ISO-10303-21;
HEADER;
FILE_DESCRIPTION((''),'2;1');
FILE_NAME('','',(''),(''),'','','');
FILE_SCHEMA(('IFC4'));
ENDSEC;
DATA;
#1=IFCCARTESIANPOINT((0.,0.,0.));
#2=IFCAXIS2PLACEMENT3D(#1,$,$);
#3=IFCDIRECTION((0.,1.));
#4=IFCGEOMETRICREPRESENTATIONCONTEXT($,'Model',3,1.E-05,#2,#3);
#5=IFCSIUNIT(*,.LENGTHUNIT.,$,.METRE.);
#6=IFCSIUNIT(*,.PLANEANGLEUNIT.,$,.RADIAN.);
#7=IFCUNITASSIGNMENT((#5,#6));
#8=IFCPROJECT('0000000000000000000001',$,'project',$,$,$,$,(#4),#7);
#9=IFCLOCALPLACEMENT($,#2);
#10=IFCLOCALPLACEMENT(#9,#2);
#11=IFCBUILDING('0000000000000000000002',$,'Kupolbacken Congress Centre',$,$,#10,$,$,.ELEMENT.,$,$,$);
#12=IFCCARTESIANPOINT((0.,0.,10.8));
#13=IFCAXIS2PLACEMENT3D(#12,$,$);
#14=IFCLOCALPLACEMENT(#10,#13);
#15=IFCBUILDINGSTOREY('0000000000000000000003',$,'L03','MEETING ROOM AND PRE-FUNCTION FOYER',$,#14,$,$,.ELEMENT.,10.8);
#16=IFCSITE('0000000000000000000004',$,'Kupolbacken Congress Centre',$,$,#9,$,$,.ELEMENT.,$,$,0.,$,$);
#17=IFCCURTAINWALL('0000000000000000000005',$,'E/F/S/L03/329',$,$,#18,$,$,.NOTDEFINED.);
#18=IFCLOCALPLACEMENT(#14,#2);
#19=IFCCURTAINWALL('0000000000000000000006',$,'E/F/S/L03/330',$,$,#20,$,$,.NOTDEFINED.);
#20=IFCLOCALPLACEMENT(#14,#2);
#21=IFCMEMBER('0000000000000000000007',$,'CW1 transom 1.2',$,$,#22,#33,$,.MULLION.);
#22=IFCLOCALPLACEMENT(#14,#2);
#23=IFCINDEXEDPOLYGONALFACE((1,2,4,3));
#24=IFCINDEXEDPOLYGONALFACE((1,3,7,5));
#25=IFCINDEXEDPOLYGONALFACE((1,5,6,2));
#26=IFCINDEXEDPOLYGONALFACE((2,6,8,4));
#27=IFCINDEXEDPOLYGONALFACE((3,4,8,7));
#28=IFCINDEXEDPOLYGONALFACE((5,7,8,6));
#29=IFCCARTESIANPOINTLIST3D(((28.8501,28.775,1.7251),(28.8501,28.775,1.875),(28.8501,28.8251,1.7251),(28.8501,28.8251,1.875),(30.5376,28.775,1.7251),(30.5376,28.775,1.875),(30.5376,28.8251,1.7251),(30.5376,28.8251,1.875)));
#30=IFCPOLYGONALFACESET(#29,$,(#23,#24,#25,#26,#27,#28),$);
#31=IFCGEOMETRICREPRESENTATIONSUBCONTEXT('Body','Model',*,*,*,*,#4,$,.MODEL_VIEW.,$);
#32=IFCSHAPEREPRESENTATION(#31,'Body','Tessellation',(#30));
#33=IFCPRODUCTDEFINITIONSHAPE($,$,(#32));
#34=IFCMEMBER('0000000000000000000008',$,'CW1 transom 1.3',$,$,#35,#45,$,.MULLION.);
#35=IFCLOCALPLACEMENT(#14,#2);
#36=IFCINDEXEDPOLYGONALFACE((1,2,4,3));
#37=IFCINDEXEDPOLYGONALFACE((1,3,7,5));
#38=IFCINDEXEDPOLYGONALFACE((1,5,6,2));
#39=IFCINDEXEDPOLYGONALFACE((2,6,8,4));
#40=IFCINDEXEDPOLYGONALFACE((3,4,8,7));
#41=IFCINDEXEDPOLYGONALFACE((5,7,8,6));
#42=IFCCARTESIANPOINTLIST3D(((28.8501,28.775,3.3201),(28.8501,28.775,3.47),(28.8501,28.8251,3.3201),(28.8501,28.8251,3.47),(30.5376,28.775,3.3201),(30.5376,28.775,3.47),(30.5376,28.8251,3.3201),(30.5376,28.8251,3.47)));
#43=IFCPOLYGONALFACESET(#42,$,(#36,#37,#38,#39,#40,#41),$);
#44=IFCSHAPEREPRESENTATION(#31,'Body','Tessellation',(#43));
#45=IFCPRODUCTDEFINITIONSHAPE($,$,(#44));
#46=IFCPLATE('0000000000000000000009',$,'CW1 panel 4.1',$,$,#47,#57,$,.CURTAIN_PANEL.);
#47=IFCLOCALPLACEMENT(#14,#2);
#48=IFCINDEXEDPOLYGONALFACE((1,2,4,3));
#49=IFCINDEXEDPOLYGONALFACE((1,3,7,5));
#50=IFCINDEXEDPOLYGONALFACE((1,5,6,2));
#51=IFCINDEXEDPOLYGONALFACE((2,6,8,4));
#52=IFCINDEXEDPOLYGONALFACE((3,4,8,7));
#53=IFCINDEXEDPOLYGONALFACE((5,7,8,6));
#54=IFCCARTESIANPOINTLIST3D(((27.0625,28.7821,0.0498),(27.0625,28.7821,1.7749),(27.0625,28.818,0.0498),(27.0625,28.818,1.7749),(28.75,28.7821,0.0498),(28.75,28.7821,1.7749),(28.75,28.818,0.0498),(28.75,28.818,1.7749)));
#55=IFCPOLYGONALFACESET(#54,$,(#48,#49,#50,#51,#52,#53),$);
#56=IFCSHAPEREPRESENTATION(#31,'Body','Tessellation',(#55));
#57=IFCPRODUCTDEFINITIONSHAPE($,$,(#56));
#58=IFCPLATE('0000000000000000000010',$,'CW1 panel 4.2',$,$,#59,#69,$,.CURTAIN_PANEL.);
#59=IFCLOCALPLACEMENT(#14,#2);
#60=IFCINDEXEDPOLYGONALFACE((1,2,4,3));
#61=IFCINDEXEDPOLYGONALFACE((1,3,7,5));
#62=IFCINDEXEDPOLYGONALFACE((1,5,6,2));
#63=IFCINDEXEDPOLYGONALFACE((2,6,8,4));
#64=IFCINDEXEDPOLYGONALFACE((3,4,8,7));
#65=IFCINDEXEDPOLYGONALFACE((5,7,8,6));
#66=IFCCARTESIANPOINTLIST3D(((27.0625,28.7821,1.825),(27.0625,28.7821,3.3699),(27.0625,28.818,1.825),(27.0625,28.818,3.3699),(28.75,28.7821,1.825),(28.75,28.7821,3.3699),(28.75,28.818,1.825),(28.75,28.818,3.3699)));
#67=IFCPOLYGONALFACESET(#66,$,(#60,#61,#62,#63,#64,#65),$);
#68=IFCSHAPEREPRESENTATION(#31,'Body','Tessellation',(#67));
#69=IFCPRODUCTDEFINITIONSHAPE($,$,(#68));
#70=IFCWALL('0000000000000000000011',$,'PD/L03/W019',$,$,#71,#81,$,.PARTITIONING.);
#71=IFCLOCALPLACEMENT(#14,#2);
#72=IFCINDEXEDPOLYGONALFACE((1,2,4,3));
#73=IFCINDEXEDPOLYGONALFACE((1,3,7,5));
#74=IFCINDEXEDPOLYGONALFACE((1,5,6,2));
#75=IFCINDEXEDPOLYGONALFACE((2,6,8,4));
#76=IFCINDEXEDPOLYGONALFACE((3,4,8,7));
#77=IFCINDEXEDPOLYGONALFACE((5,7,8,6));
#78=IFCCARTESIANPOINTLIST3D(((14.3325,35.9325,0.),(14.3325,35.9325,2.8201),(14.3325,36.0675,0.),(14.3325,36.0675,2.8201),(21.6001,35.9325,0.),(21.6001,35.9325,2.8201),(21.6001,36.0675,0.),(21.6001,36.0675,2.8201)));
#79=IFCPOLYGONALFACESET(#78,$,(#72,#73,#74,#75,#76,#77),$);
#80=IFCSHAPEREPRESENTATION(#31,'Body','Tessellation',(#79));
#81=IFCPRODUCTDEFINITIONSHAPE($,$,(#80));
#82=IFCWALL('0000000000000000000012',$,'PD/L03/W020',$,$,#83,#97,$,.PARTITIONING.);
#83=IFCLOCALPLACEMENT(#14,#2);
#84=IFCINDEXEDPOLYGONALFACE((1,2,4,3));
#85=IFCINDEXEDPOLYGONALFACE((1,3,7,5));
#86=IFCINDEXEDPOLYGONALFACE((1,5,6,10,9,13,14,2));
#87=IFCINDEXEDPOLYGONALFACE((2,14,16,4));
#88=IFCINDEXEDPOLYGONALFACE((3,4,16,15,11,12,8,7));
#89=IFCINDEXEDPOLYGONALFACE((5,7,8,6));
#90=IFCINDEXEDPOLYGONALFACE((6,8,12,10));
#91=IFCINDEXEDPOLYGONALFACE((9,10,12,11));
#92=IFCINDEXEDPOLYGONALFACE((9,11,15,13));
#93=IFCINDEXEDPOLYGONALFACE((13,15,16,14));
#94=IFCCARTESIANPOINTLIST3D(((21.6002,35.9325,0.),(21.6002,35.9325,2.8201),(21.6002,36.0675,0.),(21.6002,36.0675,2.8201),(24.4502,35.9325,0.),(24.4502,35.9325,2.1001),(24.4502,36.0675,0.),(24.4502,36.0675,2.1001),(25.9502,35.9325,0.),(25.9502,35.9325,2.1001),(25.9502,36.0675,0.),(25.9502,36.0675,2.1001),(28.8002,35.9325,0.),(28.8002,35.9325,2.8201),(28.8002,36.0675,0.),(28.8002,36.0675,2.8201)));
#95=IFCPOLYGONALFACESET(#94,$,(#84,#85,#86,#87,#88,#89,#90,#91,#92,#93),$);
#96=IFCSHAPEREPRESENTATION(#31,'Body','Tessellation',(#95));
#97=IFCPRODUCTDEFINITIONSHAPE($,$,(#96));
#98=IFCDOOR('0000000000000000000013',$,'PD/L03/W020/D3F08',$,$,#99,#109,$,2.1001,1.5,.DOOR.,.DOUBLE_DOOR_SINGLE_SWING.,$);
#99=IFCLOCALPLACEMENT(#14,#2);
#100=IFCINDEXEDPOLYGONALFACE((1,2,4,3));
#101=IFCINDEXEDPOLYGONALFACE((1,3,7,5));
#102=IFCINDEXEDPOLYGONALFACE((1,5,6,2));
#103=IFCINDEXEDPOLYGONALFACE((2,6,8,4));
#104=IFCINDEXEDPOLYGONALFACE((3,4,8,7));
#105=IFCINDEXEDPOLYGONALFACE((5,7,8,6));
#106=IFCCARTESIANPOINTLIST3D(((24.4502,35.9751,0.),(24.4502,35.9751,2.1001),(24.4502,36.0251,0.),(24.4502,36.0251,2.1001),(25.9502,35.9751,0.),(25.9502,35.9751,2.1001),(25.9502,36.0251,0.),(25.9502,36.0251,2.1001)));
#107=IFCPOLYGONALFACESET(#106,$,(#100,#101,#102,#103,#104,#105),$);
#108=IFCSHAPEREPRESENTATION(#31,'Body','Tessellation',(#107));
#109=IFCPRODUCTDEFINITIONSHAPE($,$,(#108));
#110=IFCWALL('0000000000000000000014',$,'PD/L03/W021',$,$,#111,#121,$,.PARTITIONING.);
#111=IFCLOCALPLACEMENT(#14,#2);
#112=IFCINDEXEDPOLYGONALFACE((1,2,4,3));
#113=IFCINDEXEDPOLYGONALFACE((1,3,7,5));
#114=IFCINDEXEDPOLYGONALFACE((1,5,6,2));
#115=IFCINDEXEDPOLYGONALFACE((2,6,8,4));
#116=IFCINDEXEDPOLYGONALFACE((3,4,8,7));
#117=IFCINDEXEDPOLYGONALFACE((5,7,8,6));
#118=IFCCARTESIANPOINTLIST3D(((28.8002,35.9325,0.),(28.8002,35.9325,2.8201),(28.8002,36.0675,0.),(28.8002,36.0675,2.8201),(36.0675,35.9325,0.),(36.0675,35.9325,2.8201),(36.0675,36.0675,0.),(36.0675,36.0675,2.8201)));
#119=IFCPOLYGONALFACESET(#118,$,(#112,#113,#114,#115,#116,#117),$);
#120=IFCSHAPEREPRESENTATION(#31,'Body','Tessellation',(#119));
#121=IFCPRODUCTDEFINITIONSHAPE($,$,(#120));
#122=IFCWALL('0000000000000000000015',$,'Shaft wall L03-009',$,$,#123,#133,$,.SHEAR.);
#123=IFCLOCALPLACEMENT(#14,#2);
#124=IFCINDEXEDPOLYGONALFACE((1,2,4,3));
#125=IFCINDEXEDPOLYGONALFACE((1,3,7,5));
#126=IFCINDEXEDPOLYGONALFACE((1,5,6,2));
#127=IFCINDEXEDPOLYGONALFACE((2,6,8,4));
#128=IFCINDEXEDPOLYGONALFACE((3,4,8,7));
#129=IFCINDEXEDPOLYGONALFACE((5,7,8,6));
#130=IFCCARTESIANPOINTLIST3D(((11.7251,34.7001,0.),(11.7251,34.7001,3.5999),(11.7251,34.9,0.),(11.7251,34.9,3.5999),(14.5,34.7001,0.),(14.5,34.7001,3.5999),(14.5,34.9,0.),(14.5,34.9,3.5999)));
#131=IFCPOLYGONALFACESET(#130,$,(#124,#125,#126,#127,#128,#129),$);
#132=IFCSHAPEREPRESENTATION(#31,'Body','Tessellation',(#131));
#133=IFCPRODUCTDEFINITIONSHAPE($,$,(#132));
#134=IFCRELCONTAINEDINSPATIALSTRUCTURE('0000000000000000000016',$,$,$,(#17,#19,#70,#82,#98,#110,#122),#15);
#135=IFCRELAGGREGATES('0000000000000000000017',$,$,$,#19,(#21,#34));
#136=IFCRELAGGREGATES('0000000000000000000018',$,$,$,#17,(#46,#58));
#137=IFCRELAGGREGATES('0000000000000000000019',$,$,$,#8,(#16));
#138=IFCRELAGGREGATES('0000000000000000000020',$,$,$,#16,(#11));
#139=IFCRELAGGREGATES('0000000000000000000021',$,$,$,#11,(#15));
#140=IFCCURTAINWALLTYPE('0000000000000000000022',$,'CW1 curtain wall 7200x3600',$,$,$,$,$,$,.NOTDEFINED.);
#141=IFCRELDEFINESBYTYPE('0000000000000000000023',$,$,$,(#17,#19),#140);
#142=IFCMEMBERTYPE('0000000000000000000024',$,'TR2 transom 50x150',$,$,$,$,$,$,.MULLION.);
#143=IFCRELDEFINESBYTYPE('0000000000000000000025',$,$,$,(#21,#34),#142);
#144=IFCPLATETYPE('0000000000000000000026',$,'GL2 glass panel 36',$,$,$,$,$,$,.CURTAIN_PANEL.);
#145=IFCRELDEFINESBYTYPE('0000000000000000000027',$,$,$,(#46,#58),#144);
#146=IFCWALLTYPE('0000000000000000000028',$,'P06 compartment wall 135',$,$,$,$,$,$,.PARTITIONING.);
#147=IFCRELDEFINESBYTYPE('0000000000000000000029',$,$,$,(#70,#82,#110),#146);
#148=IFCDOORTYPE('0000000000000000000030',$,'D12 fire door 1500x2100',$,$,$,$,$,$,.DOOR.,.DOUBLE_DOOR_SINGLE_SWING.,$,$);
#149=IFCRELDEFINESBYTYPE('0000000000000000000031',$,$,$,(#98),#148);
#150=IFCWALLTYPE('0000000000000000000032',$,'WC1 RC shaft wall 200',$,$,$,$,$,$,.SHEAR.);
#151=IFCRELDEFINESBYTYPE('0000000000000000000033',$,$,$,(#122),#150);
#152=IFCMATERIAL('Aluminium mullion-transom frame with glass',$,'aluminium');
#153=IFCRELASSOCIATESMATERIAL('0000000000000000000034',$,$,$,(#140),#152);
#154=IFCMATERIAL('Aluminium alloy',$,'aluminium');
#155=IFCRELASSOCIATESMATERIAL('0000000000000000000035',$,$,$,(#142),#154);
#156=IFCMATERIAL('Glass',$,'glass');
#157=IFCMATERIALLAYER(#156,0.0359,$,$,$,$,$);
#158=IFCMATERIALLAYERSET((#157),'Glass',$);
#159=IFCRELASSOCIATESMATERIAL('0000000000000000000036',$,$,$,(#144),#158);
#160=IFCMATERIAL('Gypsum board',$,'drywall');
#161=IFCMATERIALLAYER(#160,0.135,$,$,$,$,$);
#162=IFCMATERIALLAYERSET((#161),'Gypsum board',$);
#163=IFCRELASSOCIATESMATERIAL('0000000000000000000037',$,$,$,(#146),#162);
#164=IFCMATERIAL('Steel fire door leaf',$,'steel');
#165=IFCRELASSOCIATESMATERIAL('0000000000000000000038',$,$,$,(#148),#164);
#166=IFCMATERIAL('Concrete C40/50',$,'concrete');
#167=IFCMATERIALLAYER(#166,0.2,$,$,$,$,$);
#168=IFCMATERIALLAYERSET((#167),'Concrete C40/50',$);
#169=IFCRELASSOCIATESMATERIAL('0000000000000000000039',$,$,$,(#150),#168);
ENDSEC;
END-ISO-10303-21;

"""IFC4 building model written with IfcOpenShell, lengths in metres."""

from ifc_helpers import new_model, si_unit, direction, frame, frame_2d, origin, origin_2d, place, context, subcontext, project, spatial, rectangle, extrude, material, layer, layer_set, material_profile, profile_set, type_object, element, fill, aggregate, save


model = new_model("IFC4")

# Units and contexts
model_context = context("Model", 3, precision=1e-05, world=origin(), true_north=direction((0.0, 1.0)))
body_context = subcontext(model_context, "Body", "Model", "MODEL_VIEW")
ifc_project = project(units=[si_unit("LENGTHUNIT", "METRE"), si_unit("PLANEANGLEUNIT", "RADIAN")], contexts=[model_context])

# Site, building, storey
site_placement = place(None, origin())
site = spatial("IfcSite", under=ifc_project, at=site_placement, Name="Kupolbacken Congress Centre", CompositionType="ELEMENT", RefElevation=0.0)
building_placement = place(site_placement, origin())
building = spatial("IfcBuilding", under=site, at=building_placement, Name="Kupolbacken Congress Centre", CompositionType="ELEMENT")
storey_placement = place(building_placement, frame((0.0, 0.0, 10.8)))
storey = spatial("IfcBuildingStorey", under=building, at=storey_placement, Name="L03", Description="MEETING ROOM AND PRE-FUNCTION FOYER", CompositionType="ELEMENT", Elevation=10.8)

# Curtain wall
ifc_material_1 = material(Name="Aluminium mullion-transom frame with glass", Category="aluminium")
curtain_wall_type = type_object("IfcCurtainWallType", Name="CW1 curtain wall 7200x3600", PredefinedType="NOTDEFINED", material=ifc_material_1)
curtain_wall_1_placement = place(storey_placement, origin())
curtain_wall_1 = element("IfcCurtainWall", 1, at=curtain_wall_1_placement, inside=storey, type_object=curtain_wall_type, Name="E/F/S/L03/329", PredefinedType="NOTDEFINED")

# Curtain wall, members
curtain_wall_2_placement = place(storey_placement, origin())
curtain_wall_2 = element("IfcCurtainWall", 2, at=curtain_wall_2_placement, inside=storey, type_object=curtain_wall_type, Name="E/F/S/L03/330", PredefinedType="NOTDEFINED")
ifc_material_2 = material(Name="Aluminium alloy", Category="aluminium")
ifc_material_profile_1 = material_profile(ifc_material_2, rectangle(XDim=0.05, YDim=0.1499, at=origin_2d()), Name="50 x 150")
ifc_profile_set_1 = profile_set([ifc_material_profile_1], Name="Aluminium alloy")
member_type_1 = type_object("IfcMemberType", Name="TR2 transom 50x150", PredefinedType="MULLION", material=ifc_profile_set_1)
member_1_placement = place(storey_placement, frame((28.8501, 28.8, 1.8), z_axis=(1.0, 0.0, 0.0), x_axis=(0.0, 1.0, 0.0)))
member_1 = element("IfcMember", 3, at=member_1_placement, type_object=member_type_1, Name="CW1 transom 1.2", PredefinedType="MULLION", context=body_context, shape_type="SweptSolid", body=[
    extrude(rectangle(XDim=0.05, YDim=0.1499, at=origin_2d()), origin(), (0.0, 0.0, 1.0), 1.6875),
])
member_2_placement = place(storey_placement, frame((28.8501, 28.8, 3.395), z_axis=(1.0, 0.0, 0.0), x_axis=(0.0, 1.0, 0.0)))
member_2 = element("IfcMember", 4, at=member_2_placement, type_object=member_type_1, Name="CW1 transom 1.3", PredefinedType="MULLION", context=body_context, shape_type="SweptSolid", body=[
    extrude(rectangle(XDim=0.05, YDim=0.1499, at=origin_2d()), origin(), (0.0, 0.0, 1.0), 1.6875),
])
aggregate(curtain_wall_2, [member_1, member_2])

# Plates
ifc_material_3 = material(Name="Glass", Category="glass")
ifc_layer_1 = layer(ifc_material_3, 0.0359)
ifc_layer_set_1 = layer_set([ifc_layer_1], Name="Glass")
plate_type = type_object("IfcPlateType", Name="GL2 glass panel 36", PredefinedType="CURTAIN_PANEL", material=ifc_layer_set_1)
plate_1_placement = place(storey_placement, frame((27.9062, 28.8, 0.0498), z_axis=(0.0, 0.0, 1.0), x_axis=(1.0, 0.0, 0.0)))
plate_1 = element("IfcPlate", 5, at=plate_1_placement, type_object=plate_type, Name="CW1 panel 4.1", PredefinedType="CURTAIN_PANEL", context=body_context, shape_type="SweptSolid", body=[
    extrude(rectangle(XDim=1.6875, YDim=0.0359, at=origin_2d()), origin(), (0.0, 0.0, 1.0), 1.7251),
])
plate_2_placement = place(storey_placement, frame((27.9062, 28.8, 1.825), z_axis=(0.0, 0.0, 1.0), x_axis=(1.0, 0.0, 0.0)))
plate_2 = element("IfcPlate", 6, at=plate_2_placement, type_object=plate_type, Name="CW1 panel 4.2", PredefinedType="CURTAIN_PANEL", context=body_context, shape_type="SweptSolid", body=[
    extrude(rectangle(XDim=1.6875, YDim=0.0359, at=origin_2d()), origin(), (0.0, 0.0, 1.0), 1.5449),
])
aggregate(curtain_wall_1, [plate_1, plate_2])

# Wall
ifc_material_4 = material(Name="Gypsum board", Category="drywall")
ifc_layer_2 = layer(ifc_material_4, 0.135)
ifc_layer_set_2 = layer_set([ifc_layer_2], Name="Gypsum board")
wall_type_1 = type_object("IfcWallType", Name="P06 compartment wall 135", PredefinedType="PARTITIONING", material=ifc_layer_set_2)
wall_1_placement = place(storey_placement, frame((14.3325, 36.0, 0.0), z_axis=(0.0, 0.0, 1.0), x_axis=(1.0, 0.0, 0.0)))
element("IfcWall", 7, at=wall_1_placement, inside=storey, type_object=wall_type_1, Name="PD/L03/W019", PredefinedType="PARTITIONING", context=body_context, shape_type="SweptSolid", body=[
    extrude(rectangle(XDim=7.2676, YDim=0.135, at=frame_2d((3.6338, 0.0))), origin(), (0.0, 0.0, 1.0), 2.8201),
])

# Wall, opening, door
wall_2_placement = place(storey_placement, frame((21.6001, 36.0, 0.0), z_axis=(0.0, 0.0, 1.0), x_axis=(1.0, 0.0, 0.0)))
wall_2 = element("IfcWall", 8, at=wall_2_placement, inside=storey, type_object=wall_type_1, Name="PD/L03/W020", PredefinedType="PARTITIONING", context=body_context, shape_type="SweptSolid", body=[
    extrude(rectangle(XDim=7.2, YDim=0.135, at=frame_2d((3.6001, 0.0))), origin(), (0.0, 0.0, 1.0), 2.8201),
])
opening_1_placement = place(wall_2_placement, frame((2.8501, 0.0, 0.0)))
opening_1 = element("IfcOpeningElement", 9, at=opening_1_placement, cuts=wall_2, PredefinedType="OPENING", context=body_context, shape_type="SweptSolid", body=[
    extrude(rectangle(XDim=1.5, YDim=2.1001, at=frame_2d((0.75, 1.05))), frame((0.0, 0.0774, 0.0), z_axis=(0.0, -1.0, 0.0), x_axis=(1.0, 0.0, 0.0)), (0.0, 0.0, 1.0), 0.155),
])
ifc_material_5 = material(Name="Steel fire door leaf", Category="steel")
door_type_1 = type_object("IfcDoorType", Name="D12 fire door 1500x2100", OperationType="DOUBLE_DOOR_SINGLE_SWING", PredefinedType="DOOR", material=ifc_material_5)
door_1_placement = place(opening_1_placement, frame((1.5, 0.0, 0.0), z_axis=(0.0, 0.0, 1.0), x_axis=(-1.0, 0.0, 0.0)))
door_1 = element("IfcDoor", 10, at=door_1_placement, inside=storey, type_object=door_type_1, Name="PD/L03/W020/D3F08", OperationType="DOUBLE_DOOR_SINGLE_SWING", OverallHeight=2.1001, OverallWidth=1.5, PredefinedType="DOOR", context=body_context, shape_type="SweptSolid", body=[
    extrude(rectangle(XDim=1.5, YDim=2.1001, at=frame_2d((0.75, 1.05))), frame((0.0, 0.0249, 0.0), z_axis=(0.0, -1.0, 0.0), x_axis=(1.0, 0.0, 0.0)), (0.0, 0.0, 1.0), 0.05),
])
fill(opening_1, door_1)

# Walls
wall_3_placement = place(storey_placement, frame((28.8, 36.0, 0.0), z_axis=(0.0, 0.0, 1.0), x_axis=(1.0, 0.0, 0.0)))
element("IfcWall", 11, at=wall_3_placement, inside=storey, type_object=wall_type_1, Name="PD/L03/W021", PredefinedType="PARTITIONING", context=body_context, shape_type="SweptSolid", body=[
    extrude(rectangle(XDim=7.2673, YDim=0.135, at=frame_2d((3.6338, 0.0))), origin(), (0.0, 0.0, 1.0), 2.8201),
])
ifc_material_6 = material(Name="Concrete C40/50", Category="concrete")
ifc_layer_3 = layer(ifc_material_6, 0.2)
ifc_layer_set_3 = layer_set([ifc_layer_3], Name="Concrete C40/50")
wall_type_2 = type_object("IfcWallType", Name="WC1 RC shaft wall 200", PredefinedType="SHEAR", material=ifc_layer_set_3)
wall_4_placement = place(storey_placement, frame((14.5, 34.8, 0.0), z_axis=(0.0, 0.0, 1.0), x_axis=(-1.0, 0.0, 0.0)))
element("IfcWall", 12, at=wall_4_placement, inside=storey, type_object=wall_type_2, Name="Shaft wall L03-009", PredefinedType="SHEAR", context=body_context, shape_type="SweptSolid", body=[
    extrude(rectangle(XDim=2.7749, YDim=0.2, at=frame_2d((1.3875, 0.0))), origin(), (0.0, 0.0, 1.0), 3.5999),
])

save(model, "model.ifc")
